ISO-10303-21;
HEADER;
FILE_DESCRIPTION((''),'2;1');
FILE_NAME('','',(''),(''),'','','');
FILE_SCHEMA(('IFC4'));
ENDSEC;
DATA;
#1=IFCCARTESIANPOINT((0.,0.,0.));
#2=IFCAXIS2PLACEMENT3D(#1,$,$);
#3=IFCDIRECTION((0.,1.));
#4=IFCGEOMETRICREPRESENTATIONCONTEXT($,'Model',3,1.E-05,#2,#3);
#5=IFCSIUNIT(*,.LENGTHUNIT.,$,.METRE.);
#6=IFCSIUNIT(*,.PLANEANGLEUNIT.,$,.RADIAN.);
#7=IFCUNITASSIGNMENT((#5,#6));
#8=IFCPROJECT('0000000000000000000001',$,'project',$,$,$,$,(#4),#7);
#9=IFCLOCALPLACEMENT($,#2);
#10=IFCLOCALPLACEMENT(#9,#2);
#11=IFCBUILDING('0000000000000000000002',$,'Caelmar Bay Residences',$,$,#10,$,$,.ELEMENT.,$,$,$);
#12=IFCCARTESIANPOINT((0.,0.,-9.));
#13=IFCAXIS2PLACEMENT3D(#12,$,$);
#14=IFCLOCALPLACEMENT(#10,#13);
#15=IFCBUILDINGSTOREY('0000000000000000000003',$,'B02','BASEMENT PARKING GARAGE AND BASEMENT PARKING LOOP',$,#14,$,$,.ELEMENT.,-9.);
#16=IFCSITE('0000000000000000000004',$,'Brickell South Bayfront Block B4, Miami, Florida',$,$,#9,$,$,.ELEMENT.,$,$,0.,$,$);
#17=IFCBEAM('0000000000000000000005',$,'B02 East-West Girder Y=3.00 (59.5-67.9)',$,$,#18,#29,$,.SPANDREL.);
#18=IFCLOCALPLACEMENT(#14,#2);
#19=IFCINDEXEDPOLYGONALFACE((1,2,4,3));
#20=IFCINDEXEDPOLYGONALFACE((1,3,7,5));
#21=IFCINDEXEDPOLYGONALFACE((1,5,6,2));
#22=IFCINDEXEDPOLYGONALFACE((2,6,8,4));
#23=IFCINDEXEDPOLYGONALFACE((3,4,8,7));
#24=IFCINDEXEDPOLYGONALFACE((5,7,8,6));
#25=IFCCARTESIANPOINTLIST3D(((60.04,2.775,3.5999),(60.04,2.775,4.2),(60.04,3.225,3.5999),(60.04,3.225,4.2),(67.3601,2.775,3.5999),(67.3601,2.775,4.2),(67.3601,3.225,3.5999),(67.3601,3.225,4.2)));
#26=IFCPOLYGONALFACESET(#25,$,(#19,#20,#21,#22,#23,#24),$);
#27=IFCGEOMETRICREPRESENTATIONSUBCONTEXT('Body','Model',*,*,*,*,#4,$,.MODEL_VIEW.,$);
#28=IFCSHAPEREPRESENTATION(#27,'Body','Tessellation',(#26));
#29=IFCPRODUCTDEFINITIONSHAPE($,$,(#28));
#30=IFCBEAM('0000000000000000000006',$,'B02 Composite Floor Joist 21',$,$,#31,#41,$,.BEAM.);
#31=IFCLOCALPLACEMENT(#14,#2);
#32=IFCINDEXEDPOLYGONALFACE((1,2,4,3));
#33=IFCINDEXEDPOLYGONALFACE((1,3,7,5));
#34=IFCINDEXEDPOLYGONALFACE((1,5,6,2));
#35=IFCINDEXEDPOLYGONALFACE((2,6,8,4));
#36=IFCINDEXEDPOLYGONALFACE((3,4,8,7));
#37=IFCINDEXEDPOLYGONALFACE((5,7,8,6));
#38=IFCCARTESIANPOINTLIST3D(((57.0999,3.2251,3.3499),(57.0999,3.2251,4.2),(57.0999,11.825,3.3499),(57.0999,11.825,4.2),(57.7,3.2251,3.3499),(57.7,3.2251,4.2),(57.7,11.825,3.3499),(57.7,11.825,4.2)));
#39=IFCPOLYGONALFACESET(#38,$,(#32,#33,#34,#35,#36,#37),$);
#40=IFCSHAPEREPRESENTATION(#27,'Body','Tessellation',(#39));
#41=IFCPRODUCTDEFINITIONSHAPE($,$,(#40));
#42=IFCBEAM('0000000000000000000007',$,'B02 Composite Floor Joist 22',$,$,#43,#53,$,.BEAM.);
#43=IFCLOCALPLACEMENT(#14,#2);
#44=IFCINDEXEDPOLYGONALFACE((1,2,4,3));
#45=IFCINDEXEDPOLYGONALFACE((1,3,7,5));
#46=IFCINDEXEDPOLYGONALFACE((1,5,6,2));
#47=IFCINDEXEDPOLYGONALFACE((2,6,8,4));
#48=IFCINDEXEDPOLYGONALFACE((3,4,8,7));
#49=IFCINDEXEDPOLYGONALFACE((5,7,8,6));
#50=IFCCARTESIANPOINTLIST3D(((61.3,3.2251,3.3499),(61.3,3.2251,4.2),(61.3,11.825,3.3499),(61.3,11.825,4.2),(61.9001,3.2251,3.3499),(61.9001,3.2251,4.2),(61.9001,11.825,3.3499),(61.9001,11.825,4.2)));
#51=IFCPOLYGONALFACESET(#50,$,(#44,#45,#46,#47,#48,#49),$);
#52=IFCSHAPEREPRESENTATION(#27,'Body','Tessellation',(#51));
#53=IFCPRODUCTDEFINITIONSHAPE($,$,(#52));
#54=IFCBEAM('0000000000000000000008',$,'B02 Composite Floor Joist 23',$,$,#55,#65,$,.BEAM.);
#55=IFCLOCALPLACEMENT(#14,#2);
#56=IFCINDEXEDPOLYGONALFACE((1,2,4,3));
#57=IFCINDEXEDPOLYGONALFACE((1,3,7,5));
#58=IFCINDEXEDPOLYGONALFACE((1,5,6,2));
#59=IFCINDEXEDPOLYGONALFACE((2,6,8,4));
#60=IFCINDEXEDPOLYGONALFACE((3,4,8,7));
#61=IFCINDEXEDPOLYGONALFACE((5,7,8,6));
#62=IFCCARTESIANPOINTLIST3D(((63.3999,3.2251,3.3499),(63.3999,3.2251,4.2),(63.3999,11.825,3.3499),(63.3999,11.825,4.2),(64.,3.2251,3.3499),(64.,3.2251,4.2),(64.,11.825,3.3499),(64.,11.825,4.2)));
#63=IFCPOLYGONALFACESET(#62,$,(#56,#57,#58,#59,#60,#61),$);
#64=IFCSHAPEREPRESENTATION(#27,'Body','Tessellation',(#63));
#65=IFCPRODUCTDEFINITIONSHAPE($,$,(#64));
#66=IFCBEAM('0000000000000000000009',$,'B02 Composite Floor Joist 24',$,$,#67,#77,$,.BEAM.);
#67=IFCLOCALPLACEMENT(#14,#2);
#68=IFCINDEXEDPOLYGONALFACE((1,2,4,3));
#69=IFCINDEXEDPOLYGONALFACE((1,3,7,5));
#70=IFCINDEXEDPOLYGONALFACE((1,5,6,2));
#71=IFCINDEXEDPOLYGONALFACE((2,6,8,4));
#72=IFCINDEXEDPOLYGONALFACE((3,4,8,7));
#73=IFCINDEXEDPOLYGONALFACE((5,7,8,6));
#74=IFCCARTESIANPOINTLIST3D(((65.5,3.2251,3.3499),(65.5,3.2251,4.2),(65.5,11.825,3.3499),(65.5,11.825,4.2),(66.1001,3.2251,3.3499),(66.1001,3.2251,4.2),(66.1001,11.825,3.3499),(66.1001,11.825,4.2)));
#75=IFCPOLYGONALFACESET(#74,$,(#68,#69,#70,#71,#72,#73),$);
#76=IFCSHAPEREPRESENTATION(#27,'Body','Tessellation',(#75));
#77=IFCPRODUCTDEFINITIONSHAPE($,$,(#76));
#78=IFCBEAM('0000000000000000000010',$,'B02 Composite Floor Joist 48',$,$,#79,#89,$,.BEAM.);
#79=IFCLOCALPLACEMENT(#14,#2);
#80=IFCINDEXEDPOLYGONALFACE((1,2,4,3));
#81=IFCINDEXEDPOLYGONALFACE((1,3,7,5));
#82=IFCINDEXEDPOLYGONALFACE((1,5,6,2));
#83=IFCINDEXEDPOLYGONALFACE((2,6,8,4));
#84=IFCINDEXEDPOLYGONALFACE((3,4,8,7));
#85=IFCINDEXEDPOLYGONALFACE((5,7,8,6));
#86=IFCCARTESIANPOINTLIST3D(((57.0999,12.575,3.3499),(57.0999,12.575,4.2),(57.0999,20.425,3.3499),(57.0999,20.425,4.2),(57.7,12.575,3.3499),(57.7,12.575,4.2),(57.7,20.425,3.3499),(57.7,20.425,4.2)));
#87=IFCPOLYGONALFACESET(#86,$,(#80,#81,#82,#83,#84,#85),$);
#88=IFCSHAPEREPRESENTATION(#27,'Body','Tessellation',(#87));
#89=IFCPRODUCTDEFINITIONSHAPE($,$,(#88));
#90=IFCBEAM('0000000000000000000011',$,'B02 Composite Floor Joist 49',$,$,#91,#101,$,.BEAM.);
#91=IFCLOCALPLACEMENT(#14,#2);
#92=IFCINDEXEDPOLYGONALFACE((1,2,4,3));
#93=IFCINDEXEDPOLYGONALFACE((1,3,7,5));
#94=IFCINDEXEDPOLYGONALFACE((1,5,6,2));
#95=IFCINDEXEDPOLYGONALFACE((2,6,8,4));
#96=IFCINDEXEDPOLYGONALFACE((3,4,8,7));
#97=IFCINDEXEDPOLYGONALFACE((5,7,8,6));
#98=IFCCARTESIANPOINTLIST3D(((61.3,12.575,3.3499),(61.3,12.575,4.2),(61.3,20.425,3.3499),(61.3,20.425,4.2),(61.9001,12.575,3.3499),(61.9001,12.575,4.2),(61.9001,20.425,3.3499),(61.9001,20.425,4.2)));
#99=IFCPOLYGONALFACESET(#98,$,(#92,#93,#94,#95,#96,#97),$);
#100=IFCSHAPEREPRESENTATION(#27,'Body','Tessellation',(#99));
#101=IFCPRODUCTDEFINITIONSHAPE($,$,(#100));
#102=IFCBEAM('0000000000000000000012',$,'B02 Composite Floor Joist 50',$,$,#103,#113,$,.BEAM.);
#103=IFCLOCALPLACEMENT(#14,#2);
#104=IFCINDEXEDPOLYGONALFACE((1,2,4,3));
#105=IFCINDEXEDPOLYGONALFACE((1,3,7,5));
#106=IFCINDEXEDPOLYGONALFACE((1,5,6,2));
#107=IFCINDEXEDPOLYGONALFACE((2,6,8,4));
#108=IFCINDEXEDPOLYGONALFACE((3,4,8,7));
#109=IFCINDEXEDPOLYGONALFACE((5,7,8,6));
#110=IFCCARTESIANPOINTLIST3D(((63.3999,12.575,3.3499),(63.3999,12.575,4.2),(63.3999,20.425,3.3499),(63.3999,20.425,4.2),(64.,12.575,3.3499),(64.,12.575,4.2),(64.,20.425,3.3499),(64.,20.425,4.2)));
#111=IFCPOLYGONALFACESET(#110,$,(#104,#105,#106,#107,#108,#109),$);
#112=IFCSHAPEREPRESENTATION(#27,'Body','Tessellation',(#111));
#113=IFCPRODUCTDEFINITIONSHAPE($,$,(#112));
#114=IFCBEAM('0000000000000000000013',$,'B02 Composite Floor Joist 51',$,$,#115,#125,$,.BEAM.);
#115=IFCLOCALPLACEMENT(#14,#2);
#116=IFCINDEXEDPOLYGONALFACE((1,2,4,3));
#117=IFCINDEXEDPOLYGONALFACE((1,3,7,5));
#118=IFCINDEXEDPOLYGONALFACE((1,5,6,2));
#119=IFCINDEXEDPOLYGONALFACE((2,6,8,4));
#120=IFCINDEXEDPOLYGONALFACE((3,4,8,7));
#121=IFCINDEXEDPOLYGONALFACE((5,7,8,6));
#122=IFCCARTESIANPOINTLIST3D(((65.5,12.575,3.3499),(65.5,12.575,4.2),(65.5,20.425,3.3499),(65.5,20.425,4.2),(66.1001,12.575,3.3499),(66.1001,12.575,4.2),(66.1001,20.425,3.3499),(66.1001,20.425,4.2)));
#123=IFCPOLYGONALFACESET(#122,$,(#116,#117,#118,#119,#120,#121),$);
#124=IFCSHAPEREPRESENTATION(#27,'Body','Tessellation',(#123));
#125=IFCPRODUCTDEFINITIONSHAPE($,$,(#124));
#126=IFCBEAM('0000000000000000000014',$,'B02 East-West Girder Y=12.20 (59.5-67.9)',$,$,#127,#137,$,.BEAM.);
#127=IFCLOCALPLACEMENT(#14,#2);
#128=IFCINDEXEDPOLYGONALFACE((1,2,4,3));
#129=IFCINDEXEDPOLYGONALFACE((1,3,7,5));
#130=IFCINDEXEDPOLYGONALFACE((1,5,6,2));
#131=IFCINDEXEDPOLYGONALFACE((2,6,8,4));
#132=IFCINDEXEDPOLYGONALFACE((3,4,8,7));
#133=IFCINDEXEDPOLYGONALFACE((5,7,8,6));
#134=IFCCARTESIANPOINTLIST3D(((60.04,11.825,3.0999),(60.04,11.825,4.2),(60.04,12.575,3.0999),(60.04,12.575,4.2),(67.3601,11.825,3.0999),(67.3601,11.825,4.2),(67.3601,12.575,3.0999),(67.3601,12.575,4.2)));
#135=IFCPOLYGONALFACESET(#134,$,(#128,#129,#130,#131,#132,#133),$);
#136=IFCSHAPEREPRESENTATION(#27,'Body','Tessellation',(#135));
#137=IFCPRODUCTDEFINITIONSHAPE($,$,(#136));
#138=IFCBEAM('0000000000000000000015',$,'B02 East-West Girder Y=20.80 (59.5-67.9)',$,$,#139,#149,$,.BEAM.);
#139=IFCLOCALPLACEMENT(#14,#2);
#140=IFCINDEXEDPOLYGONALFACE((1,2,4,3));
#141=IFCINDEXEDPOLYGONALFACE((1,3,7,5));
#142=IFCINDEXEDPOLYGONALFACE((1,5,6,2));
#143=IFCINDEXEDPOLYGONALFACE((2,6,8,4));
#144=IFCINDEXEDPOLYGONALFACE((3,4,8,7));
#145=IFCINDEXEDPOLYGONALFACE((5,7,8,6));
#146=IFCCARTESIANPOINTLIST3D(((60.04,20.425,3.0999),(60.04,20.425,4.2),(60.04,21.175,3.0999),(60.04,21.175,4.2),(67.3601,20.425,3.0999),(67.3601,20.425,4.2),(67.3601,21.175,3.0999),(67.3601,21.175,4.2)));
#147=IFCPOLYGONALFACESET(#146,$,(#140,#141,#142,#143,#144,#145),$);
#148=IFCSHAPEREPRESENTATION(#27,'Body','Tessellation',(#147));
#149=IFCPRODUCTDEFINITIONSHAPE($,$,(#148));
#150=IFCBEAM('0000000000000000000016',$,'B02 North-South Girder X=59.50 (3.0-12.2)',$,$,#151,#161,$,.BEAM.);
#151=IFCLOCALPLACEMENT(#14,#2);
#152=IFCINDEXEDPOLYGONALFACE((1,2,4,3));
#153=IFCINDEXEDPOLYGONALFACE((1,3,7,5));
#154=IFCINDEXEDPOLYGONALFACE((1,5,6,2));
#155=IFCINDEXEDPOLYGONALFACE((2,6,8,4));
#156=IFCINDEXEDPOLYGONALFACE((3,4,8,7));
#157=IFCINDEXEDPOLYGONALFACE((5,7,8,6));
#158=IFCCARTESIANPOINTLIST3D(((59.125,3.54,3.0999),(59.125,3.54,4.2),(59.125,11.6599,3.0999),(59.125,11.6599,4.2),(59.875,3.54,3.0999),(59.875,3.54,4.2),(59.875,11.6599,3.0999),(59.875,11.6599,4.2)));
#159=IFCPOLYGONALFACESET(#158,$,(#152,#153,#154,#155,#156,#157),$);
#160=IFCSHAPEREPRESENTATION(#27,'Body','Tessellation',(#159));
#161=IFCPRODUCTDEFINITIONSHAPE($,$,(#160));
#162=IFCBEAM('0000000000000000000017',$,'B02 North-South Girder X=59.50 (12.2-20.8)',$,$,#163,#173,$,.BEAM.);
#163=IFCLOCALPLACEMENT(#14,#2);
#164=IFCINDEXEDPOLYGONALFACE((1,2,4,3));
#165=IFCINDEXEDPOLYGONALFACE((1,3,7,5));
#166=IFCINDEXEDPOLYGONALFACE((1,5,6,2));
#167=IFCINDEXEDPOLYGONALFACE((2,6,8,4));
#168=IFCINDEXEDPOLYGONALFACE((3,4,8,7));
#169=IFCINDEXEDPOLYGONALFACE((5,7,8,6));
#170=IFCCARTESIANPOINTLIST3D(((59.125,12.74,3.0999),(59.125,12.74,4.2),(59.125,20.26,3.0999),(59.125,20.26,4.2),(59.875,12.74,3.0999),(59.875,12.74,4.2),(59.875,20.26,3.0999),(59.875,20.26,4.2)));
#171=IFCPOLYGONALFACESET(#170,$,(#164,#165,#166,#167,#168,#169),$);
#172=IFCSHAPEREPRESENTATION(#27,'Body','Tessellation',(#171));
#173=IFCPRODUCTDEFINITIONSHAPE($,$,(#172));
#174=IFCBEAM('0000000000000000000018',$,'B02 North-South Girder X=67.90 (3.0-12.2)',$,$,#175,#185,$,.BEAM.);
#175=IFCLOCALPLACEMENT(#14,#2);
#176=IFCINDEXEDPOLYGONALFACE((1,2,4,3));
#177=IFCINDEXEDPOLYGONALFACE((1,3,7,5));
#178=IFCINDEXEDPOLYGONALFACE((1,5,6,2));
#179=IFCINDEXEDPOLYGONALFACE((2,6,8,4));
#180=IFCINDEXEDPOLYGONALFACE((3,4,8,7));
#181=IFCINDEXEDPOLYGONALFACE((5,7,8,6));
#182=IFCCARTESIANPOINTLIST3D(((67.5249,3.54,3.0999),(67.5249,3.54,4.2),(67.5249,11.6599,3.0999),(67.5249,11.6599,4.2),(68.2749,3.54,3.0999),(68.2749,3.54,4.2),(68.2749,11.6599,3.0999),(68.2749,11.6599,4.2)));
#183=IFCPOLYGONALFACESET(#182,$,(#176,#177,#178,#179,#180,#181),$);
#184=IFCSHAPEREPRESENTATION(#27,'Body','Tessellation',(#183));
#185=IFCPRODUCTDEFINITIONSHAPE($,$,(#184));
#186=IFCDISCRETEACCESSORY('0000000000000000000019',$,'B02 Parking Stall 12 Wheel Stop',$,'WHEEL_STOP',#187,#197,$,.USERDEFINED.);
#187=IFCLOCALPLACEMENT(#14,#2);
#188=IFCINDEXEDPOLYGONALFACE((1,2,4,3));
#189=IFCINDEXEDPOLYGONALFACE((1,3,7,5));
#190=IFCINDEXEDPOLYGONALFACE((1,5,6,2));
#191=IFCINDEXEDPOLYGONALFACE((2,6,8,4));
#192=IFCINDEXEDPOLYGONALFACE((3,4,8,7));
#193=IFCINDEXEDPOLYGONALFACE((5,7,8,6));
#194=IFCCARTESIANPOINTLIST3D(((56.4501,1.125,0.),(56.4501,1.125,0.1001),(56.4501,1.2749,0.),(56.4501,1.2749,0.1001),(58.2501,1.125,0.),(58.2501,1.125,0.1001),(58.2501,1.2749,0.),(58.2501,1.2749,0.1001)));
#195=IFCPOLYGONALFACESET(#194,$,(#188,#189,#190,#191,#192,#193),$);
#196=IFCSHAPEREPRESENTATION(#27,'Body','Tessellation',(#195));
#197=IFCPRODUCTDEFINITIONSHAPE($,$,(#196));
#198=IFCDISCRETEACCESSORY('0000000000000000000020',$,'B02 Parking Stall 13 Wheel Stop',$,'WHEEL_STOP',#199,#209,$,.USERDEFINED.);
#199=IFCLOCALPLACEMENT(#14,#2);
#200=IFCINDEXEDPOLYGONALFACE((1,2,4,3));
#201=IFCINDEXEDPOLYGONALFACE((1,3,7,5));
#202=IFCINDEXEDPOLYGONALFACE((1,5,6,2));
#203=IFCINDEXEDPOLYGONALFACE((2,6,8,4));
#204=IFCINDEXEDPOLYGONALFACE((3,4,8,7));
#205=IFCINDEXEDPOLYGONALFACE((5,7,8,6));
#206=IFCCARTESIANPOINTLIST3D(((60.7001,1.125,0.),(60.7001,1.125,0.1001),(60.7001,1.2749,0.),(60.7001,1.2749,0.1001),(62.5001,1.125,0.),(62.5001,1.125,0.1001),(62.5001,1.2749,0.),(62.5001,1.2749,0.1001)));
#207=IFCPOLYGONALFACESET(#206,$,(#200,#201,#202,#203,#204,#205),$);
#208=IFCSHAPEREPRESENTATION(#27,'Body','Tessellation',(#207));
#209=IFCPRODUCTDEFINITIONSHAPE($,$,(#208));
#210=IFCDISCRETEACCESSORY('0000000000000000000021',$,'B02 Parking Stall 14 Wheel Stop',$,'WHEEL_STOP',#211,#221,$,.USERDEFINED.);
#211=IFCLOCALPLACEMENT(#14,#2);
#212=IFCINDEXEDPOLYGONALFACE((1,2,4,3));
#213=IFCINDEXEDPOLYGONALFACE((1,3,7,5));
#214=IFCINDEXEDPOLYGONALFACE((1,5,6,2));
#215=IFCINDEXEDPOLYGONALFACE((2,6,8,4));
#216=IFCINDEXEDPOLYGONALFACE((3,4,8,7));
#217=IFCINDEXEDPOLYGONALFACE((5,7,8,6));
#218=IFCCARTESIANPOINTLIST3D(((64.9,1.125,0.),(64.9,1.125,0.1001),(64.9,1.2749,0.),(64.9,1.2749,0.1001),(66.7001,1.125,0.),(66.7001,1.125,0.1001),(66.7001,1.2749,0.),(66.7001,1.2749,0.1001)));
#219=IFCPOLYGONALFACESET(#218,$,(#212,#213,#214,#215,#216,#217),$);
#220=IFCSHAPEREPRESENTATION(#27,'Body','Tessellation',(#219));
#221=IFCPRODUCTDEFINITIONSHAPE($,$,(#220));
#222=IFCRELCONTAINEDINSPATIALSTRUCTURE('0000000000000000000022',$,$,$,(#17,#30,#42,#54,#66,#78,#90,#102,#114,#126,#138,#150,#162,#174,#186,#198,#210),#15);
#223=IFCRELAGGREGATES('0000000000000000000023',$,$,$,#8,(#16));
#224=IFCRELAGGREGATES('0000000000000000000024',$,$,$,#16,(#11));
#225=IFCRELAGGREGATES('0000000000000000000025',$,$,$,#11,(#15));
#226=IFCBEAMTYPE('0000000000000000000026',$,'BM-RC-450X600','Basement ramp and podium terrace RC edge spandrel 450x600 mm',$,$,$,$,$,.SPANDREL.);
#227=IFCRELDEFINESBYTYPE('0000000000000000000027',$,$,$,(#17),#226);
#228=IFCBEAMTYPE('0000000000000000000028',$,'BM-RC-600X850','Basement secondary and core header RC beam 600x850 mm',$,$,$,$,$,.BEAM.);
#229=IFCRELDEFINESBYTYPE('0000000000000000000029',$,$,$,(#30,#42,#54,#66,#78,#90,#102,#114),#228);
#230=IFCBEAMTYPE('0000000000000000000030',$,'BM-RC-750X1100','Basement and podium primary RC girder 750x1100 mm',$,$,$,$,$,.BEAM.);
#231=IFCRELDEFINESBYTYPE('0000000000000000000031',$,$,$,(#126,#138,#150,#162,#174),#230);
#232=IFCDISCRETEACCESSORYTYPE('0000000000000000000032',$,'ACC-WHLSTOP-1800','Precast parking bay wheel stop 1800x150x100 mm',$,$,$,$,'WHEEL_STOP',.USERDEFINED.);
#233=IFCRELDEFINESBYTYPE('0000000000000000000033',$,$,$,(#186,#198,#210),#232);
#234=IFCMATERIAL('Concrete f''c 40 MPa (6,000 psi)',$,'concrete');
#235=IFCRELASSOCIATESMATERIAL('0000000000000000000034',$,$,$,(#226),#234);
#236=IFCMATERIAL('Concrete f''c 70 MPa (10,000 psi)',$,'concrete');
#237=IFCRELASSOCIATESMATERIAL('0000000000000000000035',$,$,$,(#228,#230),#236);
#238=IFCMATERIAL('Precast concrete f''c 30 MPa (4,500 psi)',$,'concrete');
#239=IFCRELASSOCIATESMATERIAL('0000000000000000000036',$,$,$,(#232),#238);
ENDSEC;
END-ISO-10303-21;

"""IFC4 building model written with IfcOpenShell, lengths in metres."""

from ifc_helpers import new_model, si_unit, direction, frame, origin, origin_2d, place, context, subcontext, project, spatial, rectangle, extrude, material, material_profile, profile_set, type_object, element, save


model = new_model("IFC4")

# Units and contexts
model_context = context("Model", 3, precision=1e-05, world=origin(), true_north=direction((0.0, 1.0)))
body_context = subcontext(model_context, "Body", "Model", "MODEL_VIEW")
ifc_project = project(units=[si_unit("LENGTHUNIT", "METRE"), si_unit("PLANEANGLEUNIT", "RADIAN")], contexts=[model_context])

# Site, building, storey
site_placement = place(None, origin())
site = spatial("IfcSite", under=ifc_project, at=site_placement, Name="Brickell South Bayfront Block B4, Miami, Florida", CompositionType="ELEMENT", RefElevation=0.0)
building_placement = place(site_placement, origin())
building = spatial("IfcBuilding", under=site, at=building_placement, Name="Caelmar Bay Residences", CompositionType="ELEMENT")
storey_placement = place(building_placement, frame((0.0, 0.0, -9.0)))
storey = spatial("IfcBuildingStorey", under=building, at=storey_placement, Name="B02", Description="BASEMENT PARKING GARAGE AND BASEMENT PARKING LOOP", CompositionType="ELEMENT", Elevation=-9.0)

# Shared definitions
ifc_material_1 = material(Name="Concrete f'c 70 MPa (10,000 psi)", Category="concrete")

# Beams
ifc_material_2 = material(Name="Concrete f'c 40 MPa (6,000 psi)", Category="concrete")
ifc_material_profile_1 = material_profile(ifc_material_2, rectangle(XDim=0.45, YDim=0.6001, at=origin_2d()), Name="RC-BM-450X600")
ifc_profile_set_1 = profile_set([ifc_material_profile_1], Name="Concrete f'c 40 MPa (6,000 psi)")
beam_type_1 = type_object("IfcBeamType", Name="BM-RC-450X600", Description="Basement ramp and podium terrace RC edge spandrel 450x600 mm", PredefinedType="SPANDREL", material=ifc_profile_set_1)
beam_1_placement = place(storey_placement, frame((60.04, 3.0, 3.8999), z_axis=(1.0, 0.0, 0.0), x_axis=(0.0, 1.0, 0.0)))
element("IfcBeam", 1, at=beam_1_placement, inside=storey, type_object=beam_type_1, Name="B02 East-West Girder Y=3.00 (59.5-67.9)", PredefinedType="SPANDREL", context=body_context, shape_type="SweptSolid", body=[
    extrude(rectangle(XDim=0.45, YDim=0.6001, at=origin_2d()), origin(), (0.0, 0.0, 1.0), 7.3201),
])
ifc_material_profile_2 = material_profile(ifc_material_1, rectangle(XDim=0.6001, YDim=0.8501, at=origin_2d()), Name="RC-BM-600X850")
ifc_profile_set_2 = profile_set([ifc_material_profile_2], Name="Concrete f'c 70 MPa (10,000 psi)")
beam_type_2 = type_object("IfcBeamType", Name="BM-RC-600X850", Description="Basement secondary and core header RC beam 600x850 mm", PredefinedType="BEAM", material=ifc_profile_set_2)
for number, where, z_axis, x_axis, name in (
    (2, (57.3999, 3.2251, 3.7749), (0.0, 1.0, 0.0), (-1.0, 0.0, 0.0), "B02 Composite Floor Joist 21"),
    (3, (61.6001, 3.2251, 3.7749), (0.0, 1.0, 0.0), (-1.0, 0.0, 0.0), "B02 Composite Floor Joist 22"),
    (4, (63.7, 3.2251, 3.7749), (0.0, 1.0, 0.0), (-1.0, 0.0, 0.0), "B02 Composite Floor Joist 23"),
    (5, (65.8, 3.2251, 3.7749), (0.0, 1.0, 0.0), (-1.0, 0.0, 0.0), "B02 Composite Floor Joist 24"),
):
    element("IfcBeam", number, at=place(storey_placement, frame(where, z_axis=z_axis, x_axis=x_axis)), inside=storey, type_object=beam_type_2, Name=name, PredefinedType="BEAM", context=body_context, shape_type="SweptSolid", body=[
        extrude(rectangle(XDim=0.6001, YDim=0.8501, at=origin_2d()), origin(), (0.0, 0.0, 1.0), 8.5999),
    ])
for number, where, z_axis, x_axis, name in (
    (6, (57.3999, 12.575, 3.7749), (0.0, 1.0, 0.0), (-1.0, 0.0, 0.0), "B02 Composite Floor Joist 48"),
    (7, (61.6001, 12.575, 3.7749), (0.0, 1.0, 0.0), (-1.0, 0.0, 0.0), "B02 Composite Floor Joist 49"),
    (8, (63.7, 12.575, 3.7749), (0.0, 1.0, 0.0), (-1.0, 0.0, 0.0), "B02 Composite Floor Joist 50"),
    (9, (65.8, 12.575, 3.7749), (0.0, 1.0, 0.0), (-1.0, 0.0, 0.0), "B02 Composite Floor Joist 51"),
):
    element("IfcBeam", number, at=place(storey_placement, frame(where, z_axis=z_axis, x_axis=x_axis)), inside=storey, type_object=beam_type_2, Name=name, PredefinedType="BEAM", context=body_context, shape_type="SweptSolid", body=[
        extrude(rectangle(XDim=0.6001, YDim=0.8501, at=origin_2d()), origin(), (0.0, 0.0, 1.0), 7.8501),
    ])
ifc_material_profile_3 = material_profile(ifc_material_1, rectangle(XDim=0.75, YDim=1.1001, at=origin_2d()), Name="RC-BM-750X1100")
ifc_profile_set_3 = profile_set([ifc_material_profile_3], Name="Concrete f'c 70 MPa (10,000 psi)")
beam_type_3 = type_object("IfcBeamType", Name="BM-RC-750X1100", Description="Basement and podium primary RC girder 750x1100 mm", PredefinedType="BEAM", material=ifc_profile_set_3)
for number, where, z_axis, x_axis, name in (
    (10, (60.04, 12.2, 3.6499), (1.0, 0.0, 0.0), (0.0, 1.0, 0.0), "B02 East-West Girder Y=12.20 (59.5-67.9)"),
    (11, (60.04, 20.8, 3.6499), (1.0, 0.0, 0.0), (0.0, 1.0, 0.0), "B02 East-West Girder Y=20.80 (59.5-67.9)"),
):
    element("IfcBeam", number, at=place(storey_placement, frame(where, z_axis=z_axis, x_axis=x_axis)), inside=storey, type_object=beam_type_3, Name=name, PredefinedType="BEAM", context=body_context, shape_type="SweptSolid", body=[
        extrude(rectangle(XDim=0.75, YDim=1.1001, at=origin_2d()), origin(), (0.0, 0.0, 1.0), 7.3201),
    ])
beam_2_placement = place(storey_placement, frame((59.5, 3.54, 3.6499), z_axis=(0.0, 1.0, 0.0), x_axis=(-1.0, 0.0, 0.0)))
element("IfcBeam", 12, at=beam_2_placement, inside=storey, type_object=beam_type_3, Name="B02 North-South Girder X=59.50 (3.0-12.2)", PredefinedType="BEAM", context=body_context, shape_type="SweptSolid", body=[
    extrude(rectangle(XDim=0.75, YDim=1.1001, at=origin_2d()), origin(), (0.0, 0.0, 1.0), 8.1199),
])
beam_3_placement = place(storey_placement, frame((59.5, 12.74, 3.6499), z_axis=(0.0, 1.0, 0.0), x_axis=(-1.0, 0.0, 0.0)))
element("IfcBeam", 13, at=beam_3_placement, inside=storey, type_object=beam_type_3, Name="B02 North-South Girder X=59.50 (12.2-20.8)", PredefinedType="BEAM", context=body_context, shape_type="SweptSolid", body=[
    extrude(rectangle(XDim=0.75, YDim=1.1001, at=origin_2d()), origin(), (0.0, 0.0, 1.0), 7.52),
])
beam_4_placement = place(storey_placement, frame((67.8999, 3.54, 3.6499), z_axis=(0.0, 1.0, 0.0), x_axis=(-1.0, 0.0, 0.0)))
element("IfcBeam", 14, at=beam_4_placement, inside=storey, type_object=beam_type_3, Name="B02 North-South Girder X=67.90 (3.0-12.2)", PredefinedType="BEAM", context=body_context, shape_type="SweptSolid", body=[
    extrude(rectangle(XDim=0.75, YDim=1.1001, at=origin_2d()), origin(), (0.0, 0.0, 1.0), 8.1199),
])

# Discrete accessories
ifc_material_3 = material(Name="Precast concrete f'c 30 MPa (4,500 psi)", Category="concrete")
discrete_accessory_type = type_object("IfcDiscreteAccessoryType", Name="ACC-WHLSTOP-1800", Description="Precast parking bay wheel stop 1800x150x100 mm", ElementType="WHEEL_STOP", PredefinedType="USERDEFINED", material=ifc_material_3)
for number, where, z_axis, x_axis, name in (
    (15, (57.3501, 1.2, 0.0), (0.0, 0.0, 1.0), (1.0, 0.0, 0.0), "B02 Parking Stall 12 Wheel Stop"),
    (16, (61.6001, 1.2, 0.0), (0.0, 0.0, 1.0), (1.0, 0.0, 0.0), "B02 Parking Stall 13 Wheel Stop"),
    (17, (65.8, 1.2, 0.0), (0.0, 0.0, 1.0), (1.0, 0.0, 0.0), "B02 Parking Stall 14 Wheel Stop"),
):
    element("IfcDiscreteAccessory", number, at=place(storey_placement, frame(where, z_axis=z_axis, x_axis=x_axis)), inside=storey, type_object=discrete_accessory_type, Name=name, ObjectType="WHEEL_STOP", PredefinedType="USERDEFINED", context=body_context, shape_type="SweptSolid", body=[
        extrude(rectangle(XDim=1.8, YDim=0.1499, at=origin_2d()), origin(), (0.0, 0.0, 1.0), 0.1001),
    ])

save(model, "model.ifc")
